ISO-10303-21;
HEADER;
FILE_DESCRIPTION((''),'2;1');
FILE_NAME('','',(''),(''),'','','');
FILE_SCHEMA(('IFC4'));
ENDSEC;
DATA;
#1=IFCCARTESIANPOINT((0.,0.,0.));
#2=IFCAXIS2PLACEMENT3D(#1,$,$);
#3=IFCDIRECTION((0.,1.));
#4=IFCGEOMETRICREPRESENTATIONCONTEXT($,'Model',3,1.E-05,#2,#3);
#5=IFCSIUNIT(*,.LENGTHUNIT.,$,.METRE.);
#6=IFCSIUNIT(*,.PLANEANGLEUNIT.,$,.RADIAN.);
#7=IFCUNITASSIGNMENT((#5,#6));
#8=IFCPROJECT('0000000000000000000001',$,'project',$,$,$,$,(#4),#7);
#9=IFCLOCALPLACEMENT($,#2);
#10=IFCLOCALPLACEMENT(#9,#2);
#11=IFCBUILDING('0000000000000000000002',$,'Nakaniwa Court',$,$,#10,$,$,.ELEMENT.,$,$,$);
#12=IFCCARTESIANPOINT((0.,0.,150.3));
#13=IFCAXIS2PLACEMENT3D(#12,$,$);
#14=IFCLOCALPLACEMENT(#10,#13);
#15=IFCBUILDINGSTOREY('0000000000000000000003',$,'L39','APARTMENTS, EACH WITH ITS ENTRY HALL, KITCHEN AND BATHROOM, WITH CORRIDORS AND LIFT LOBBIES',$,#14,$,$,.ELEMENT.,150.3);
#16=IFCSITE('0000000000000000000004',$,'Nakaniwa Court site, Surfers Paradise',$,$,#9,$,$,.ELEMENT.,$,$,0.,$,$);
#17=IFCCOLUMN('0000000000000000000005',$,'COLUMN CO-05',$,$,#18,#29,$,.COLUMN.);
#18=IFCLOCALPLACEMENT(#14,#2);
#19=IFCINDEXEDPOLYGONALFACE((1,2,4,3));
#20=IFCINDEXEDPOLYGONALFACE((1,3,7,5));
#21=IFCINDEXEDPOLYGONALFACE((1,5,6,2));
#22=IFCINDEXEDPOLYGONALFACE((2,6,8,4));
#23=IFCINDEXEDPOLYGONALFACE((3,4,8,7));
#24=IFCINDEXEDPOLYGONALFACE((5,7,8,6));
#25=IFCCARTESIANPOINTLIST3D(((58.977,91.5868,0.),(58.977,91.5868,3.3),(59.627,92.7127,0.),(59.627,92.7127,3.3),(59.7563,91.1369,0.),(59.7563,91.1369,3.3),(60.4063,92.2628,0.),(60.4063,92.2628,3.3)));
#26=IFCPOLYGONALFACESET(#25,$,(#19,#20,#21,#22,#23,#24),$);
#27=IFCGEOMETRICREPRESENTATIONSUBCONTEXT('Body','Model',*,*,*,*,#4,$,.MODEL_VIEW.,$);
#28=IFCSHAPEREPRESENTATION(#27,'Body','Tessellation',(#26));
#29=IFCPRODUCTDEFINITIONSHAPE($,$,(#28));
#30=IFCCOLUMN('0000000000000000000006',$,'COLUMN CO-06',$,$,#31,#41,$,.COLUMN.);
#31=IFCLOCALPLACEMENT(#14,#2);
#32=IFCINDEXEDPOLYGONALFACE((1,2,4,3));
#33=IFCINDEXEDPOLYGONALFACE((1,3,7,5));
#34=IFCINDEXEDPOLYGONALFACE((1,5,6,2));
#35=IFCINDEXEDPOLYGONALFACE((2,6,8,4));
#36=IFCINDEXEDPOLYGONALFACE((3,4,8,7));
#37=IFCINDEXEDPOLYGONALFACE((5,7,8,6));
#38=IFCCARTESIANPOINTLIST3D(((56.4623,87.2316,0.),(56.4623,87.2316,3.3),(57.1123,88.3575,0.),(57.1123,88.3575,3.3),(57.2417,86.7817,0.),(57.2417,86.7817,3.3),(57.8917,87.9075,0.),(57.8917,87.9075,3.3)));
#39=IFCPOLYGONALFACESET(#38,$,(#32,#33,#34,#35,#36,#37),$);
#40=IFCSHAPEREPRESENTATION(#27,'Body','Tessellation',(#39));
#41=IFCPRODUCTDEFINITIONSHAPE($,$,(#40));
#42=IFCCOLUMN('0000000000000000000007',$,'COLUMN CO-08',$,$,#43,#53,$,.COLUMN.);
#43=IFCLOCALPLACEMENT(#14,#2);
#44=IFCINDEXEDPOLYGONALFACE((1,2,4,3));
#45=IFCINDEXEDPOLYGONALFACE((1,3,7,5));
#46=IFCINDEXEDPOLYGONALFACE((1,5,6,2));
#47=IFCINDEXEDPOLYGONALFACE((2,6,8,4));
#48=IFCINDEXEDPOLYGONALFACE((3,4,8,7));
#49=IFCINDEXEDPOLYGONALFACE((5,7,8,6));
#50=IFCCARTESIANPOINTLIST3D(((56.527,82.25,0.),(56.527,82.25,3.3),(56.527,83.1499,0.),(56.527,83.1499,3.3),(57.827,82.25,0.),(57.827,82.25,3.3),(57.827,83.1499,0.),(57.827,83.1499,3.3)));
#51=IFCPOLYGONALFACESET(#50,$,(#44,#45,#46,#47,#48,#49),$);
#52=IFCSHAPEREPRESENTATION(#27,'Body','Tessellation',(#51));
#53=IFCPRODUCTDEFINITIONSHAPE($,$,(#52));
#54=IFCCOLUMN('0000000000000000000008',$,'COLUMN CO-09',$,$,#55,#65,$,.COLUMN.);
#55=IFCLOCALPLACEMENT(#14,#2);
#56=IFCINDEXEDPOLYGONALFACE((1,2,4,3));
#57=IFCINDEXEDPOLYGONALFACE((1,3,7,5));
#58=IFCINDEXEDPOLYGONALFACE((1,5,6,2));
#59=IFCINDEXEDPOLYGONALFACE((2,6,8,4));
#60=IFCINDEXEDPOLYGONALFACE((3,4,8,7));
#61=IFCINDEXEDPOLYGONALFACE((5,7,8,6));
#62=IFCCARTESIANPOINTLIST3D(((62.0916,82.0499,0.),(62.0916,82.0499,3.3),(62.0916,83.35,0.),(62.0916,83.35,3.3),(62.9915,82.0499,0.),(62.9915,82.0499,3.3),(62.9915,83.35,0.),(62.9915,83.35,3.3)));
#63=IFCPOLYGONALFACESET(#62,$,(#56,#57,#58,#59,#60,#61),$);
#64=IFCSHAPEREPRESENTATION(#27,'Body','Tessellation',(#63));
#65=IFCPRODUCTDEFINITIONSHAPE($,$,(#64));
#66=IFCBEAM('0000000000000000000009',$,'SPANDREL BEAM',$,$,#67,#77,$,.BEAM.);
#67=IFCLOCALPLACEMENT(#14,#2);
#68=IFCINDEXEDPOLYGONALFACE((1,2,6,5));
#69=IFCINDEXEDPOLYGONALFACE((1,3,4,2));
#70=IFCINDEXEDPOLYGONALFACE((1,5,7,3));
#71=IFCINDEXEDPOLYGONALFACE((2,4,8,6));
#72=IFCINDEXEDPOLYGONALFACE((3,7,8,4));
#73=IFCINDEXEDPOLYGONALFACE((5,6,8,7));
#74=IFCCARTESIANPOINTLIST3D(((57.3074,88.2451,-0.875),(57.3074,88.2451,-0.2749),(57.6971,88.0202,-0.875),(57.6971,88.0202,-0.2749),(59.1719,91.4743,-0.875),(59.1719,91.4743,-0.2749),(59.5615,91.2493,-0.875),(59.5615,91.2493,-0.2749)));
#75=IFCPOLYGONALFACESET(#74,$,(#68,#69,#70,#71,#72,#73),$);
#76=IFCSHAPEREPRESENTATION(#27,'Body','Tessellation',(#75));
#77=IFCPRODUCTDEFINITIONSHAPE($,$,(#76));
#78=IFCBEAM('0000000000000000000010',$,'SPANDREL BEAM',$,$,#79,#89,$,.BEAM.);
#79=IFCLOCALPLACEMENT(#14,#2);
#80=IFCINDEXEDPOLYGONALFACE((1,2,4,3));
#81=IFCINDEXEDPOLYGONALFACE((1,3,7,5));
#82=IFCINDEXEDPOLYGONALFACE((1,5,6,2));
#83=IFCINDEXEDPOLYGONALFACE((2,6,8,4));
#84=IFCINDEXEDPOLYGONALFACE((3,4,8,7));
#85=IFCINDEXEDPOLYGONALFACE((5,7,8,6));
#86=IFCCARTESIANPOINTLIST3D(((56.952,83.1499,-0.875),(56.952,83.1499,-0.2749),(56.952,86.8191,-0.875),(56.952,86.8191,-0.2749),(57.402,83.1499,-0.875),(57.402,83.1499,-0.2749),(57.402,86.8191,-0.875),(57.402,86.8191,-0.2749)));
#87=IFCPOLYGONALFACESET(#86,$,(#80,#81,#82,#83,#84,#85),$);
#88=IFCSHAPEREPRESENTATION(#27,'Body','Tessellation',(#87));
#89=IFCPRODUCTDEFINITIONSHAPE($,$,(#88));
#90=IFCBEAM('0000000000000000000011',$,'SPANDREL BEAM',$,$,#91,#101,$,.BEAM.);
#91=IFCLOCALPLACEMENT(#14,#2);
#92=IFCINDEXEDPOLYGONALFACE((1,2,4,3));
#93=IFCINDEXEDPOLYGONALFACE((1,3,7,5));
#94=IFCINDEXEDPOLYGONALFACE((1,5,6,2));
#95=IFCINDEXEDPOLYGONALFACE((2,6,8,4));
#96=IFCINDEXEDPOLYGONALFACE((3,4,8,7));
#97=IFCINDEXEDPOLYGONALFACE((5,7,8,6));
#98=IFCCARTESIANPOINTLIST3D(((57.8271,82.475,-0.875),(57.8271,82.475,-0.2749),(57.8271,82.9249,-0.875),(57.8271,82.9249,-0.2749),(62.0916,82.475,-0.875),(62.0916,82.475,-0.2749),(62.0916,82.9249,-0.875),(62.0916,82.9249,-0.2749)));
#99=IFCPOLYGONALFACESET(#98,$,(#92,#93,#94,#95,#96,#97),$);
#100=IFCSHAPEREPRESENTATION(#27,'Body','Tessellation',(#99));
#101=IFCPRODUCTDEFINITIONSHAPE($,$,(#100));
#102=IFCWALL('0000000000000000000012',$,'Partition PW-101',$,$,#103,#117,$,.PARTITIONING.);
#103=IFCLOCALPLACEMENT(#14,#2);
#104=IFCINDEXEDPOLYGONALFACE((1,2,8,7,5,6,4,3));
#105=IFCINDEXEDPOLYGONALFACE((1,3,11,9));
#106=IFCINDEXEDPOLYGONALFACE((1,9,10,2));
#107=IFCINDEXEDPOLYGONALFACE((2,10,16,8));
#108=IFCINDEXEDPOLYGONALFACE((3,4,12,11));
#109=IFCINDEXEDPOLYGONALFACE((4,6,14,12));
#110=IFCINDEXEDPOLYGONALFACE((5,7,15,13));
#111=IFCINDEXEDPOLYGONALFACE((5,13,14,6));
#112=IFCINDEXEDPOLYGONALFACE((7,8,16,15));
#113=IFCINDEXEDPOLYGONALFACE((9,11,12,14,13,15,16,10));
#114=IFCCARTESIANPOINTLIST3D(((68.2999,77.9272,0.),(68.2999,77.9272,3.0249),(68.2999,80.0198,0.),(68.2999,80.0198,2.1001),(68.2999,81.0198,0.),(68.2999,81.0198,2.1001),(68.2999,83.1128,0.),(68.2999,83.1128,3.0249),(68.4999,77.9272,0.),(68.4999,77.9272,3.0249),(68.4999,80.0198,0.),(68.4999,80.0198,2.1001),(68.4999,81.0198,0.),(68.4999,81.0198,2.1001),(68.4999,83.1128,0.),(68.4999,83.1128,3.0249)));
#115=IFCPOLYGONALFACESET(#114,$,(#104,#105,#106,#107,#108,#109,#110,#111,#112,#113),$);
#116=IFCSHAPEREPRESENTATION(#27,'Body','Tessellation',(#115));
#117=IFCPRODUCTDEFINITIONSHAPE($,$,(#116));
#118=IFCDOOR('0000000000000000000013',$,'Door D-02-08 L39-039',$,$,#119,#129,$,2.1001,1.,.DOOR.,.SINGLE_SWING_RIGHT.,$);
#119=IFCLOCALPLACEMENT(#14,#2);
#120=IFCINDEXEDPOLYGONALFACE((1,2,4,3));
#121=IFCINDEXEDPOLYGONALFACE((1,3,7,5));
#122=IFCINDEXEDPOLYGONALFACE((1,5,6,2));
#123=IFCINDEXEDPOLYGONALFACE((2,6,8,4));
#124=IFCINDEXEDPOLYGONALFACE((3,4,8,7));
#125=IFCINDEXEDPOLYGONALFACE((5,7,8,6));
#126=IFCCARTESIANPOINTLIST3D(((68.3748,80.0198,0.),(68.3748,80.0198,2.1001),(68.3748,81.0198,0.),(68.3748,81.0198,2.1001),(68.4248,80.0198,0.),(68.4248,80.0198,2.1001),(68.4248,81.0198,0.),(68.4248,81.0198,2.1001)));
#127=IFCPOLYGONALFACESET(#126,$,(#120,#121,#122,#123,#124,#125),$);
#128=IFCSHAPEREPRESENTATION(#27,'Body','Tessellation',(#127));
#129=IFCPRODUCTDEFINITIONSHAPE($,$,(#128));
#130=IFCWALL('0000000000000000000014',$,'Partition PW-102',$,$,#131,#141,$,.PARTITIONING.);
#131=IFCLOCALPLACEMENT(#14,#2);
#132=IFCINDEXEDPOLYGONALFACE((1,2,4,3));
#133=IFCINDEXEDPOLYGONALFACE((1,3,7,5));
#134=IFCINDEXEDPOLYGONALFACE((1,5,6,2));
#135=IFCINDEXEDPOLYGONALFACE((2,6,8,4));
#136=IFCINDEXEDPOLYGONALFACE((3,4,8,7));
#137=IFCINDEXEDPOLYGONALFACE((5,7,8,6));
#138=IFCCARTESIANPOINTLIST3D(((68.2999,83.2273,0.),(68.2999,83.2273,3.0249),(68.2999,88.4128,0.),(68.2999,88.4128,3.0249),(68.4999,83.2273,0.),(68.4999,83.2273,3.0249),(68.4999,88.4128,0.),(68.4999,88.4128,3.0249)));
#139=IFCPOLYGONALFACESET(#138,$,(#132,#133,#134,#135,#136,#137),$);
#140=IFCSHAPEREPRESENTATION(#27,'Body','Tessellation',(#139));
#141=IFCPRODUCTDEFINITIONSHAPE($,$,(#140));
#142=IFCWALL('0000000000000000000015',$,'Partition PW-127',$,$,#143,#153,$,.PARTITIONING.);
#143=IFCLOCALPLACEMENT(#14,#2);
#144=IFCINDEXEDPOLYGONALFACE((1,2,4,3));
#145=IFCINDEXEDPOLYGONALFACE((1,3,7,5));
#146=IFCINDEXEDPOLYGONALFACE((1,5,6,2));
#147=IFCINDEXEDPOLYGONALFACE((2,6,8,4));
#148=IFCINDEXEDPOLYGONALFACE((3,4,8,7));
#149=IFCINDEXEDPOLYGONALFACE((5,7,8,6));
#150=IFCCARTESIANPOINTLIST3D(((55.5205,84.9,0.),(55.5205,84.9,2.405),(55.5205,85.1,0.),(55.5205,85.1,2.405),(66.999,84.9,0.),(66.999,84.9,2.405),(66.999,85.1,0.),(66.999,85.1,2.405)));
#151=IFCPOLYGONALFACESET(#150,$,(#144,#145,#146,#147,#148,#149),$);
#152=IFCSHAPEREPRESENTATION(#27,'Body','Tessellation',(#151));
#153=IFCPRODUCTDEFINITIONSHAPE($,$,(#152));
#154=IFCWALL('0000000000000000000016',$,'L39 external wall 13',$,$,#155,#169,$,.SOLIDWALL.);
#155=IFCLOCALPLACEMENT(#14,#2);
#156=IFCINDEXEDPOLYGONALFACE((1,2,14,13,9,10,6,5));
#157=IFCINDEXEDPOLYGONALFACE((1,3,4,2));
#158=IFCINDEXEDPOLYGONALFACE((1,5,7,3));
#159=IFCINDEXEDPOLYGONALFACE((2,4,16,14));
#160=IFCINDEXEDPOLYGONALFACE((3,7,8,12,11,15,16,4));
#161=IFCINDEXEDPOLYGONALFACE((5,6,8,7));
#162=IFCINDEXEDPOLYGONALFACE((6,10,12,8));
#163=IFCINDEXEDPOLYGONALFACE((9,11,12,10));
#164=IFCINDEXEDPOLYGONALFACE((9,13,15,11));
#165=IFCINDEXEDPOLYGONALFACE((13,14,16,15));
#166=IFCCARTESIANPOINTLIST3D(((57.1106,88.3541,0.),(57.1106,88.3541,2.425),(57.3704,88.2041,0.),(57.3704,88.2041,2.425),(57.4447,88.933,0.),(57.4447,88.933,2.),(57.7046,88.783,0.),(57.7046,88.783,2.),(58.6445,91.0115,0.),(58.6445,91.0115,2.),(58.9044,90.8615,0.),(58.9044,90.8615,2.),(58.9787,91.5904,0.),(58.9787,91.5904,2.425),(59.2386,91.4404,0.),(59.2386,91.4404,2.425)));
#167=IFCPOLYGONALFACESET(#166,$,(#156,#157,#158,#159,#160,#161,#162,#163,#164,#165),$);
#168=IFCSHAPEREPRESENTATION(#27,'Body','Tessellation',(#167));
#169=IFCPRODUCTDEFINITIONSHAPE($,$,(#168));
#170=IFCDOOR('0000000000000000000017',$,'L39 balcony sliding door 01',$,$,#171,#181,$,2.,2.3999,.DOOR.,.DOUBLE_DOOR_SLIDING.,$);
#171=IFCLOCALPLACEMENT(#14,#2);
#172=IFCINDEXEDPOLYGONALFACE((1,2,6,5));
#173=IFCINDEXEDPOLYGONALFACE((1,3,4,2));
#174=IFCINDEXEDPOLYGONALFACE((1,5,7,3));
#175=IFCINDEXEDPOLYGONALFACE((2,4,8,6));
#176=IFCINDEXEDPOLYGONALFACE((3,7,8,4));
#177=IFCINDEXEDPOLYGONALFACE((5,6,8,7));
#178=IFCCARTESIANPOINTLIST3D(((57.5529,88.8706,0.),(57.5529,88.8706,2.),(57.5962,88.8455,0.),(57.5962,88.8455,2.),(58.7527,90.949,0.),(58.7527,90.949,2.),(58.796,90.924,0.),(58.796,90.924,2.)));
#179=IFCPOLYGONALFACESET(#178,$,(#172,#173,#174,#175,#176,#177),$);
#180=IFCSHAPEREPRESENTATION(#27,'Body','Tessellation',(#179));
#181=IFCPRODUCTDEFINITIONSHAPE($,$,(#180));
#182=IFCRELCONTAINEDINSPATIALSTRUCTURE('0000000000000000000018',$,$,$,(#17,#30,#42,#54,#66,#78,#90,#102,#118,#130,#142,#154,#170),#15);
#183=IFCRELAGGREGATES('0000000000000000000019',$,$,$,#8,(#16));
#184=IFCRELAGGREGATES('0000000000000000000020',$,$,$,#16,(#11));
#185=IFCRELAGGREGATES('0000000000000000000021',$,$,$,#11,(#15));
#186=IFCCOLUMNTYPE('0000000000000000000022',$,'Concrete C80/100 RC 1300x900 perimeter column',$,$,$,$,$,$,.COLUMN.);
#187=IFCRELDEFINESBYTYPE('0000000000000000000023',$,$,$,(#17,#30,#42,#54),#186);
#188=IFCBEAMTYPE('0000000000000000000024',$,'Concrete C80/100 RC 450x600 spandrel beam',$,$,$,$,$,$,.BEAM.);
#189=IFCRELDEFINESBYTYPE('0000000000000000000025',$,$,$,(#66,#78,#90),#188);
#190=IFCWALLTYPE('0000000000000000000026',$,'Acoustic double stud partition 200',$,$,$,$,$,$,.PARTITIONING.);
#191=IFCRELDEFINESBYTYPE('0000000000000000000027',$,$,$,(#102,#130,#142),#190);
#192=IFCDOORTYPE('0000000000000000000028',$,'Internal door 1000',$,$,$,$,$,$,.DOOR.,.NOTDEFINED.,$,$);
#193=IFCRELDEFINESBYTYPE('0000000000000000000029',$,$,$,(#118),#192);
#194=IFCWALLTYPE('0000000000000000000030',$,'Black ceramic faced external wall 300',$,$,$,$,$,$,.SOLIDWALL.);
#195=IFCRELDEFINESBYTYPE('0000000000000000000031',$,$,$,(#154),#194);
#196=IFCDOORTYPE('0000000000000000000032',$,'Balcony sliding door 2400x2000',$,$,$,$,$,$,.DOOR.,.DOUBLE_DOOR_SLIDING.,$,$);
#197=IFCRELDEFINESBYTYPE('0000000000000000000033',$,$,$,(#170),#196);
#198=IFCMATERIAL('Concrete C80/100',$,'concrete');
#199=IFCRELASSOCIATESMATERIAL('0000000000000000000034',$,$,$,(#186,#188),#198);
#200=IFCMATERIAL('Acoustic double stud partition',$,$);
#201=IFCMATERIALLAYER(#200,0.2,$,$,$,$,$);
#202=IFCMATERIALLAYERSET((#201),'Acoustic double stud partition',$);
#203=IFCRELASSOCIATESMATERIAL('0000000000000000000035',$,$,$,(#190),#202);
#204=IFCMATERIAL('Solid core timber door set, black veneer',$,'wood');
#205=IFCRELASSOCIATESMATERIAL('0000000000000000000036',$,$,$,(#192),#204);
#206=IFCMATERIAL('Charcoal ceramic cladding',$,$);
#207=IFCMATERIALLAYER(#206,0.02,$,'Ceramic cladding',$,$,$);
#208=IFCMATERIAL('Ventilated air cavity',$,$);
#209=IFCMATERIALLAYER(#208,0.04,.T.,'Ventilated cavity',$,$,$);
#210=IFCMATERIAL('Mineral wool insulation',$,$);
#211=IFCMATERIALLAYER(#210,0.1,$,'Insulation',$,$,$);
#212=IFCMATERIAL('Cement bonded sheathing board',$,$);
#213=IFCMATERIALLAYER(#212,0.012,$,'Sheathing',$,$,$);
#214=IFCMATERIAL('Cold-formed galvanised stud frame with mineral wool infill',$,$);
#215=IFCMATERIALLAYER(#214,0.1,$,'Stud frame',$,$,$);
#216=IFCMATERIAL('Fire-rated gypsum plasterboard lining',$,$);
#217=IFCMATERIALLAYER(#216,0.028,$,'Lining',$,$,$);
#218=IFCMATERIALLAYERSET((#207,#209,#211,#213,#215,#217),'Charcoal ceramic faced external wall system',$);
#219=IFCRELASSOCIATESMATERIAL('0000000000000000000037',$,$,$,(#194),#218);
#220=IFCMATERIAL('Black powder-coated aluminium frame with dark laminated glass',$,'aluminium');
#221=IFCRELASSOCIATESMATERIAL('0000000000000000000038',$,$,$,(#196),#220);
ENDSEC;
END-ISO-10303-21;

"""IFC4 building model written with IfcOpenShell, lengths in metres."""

from ifc_helpers import new_model, si_unit, direction, frame, frame_2d, origin, origin_2d, place, context, subcontext, project, spatial, rectangle, extrude, material, layer, layer_set, material_profile, profile_set, type_object, element, fill, save


model = new_model("IFC4")

# Units and contexts
model_context = context("Model", 3, precision=1e-05, world=origin(), true_north=direction((0.0, 1.0)))
body_context = subcontext(model_context, "Body", "Model", "MODEL_VIEW")
ifc_project = project(units=[si_unit("LENGTHUNIT", "METRE"), si_unit("PLANEANGLEUNIT", "RADIAN")], contexts=[model_context])

# Site, building, storey
site_placement = place(None, origin())
site = spatial("IfcSite", under=ifc_project, at=site_placement, Name="Nakaniwa Court site, Surfers Paradise", CompositionType="ELEMENT", RefElevation=0.0)
building_placement = place(site_placement, origin())
building = spatial("IfcBuilding", under=site, at=building_placement, Name="Nakaniwa Court", CompositionType="ELEMENT")
storey_placement = place(building_placement, frame((0.0, 0.0, 150.3)))
storey = spatial("IfcBuildingStorey", under=building, at=storey_placement, Name="L39", Description="APARTMENTS, EACH WITH ITS ENTRY HALL, KITCHEN AND BATHROOM, WITH CORRIDORS AND LIFT LOBBIES", CompositionType="ELEMENT", Elevation=150.3)

# Columns
ifc_material_1 = material(Name="Concrete C80/100", Category="concrete")
ifc_material_profile_1 = material_profile(ifc_material_1, rectangle(XDim=1.3, YDim=0.8999, at=origin_2d()), Name="Concrete C80/100 RC 1300x900 perimeter column")
ifc_profile_set_1 = profile_set([ifc_material_profile_1], Name="Concrete C80/100")
column_type = type_object("IfcColumnType", Name="Concrete C80/100 RC 1300x900 perimeter column", PredefinedType="COLUMN", material=ifc_profile_set_1)
for number, where, z_axis, x_axis, name in (
    (1, (59.6917, 91.9248, 0.0), (0.0, 0.0, 1.0), (-0.5, -0.866025, 0.0), "COLUMN CO-05"),
    (2, (57.177, 87.5696, 0.0), (0.0, 0.0, 1.0), (-0.5, -0.866025, 0.0), "COLUMN CO-06"),
    (3, (57.177, 82.7, 0.0), (0.0, 0.0, 1.0), (1.0, 0.0, 0.0), "COLUMN CO-08"),
    (4, (62.5415, 82.7, 0.0), (0.0, 0.0, 1.0), (0.0, -1.0, 0.0), "COLUMN CO-09"),
):
    element("IfcColumn", number, at=place(storey_placement, frame(where, z_axis=z_axis, x_axis=x_axis)), inside=storey, type_object=column_type, Name=name, PredefinedType="COLUMN", context=body_context, shape_type="SweptSolid", body=[
        extrude(rectangle(XDim=1.3, YDim=0.8999, at=origin_2d()), origin(), (0.0, 0.0, 1.0), 3.3),
    ])

# Beams
ifc_material_profile_2 = material_profile(ifc_material_1, rectangle(XDim=0.45, YDim=0.6001, at=origin_2d()), Name="Concrete C80/100 RC 450x600 spandrel beam")
ifc_profile_set_2 = profile_set([ifc_material_profile_2], Name="Concrete C80/100")
beam_type = type_object("IfcBeamType", Name="Concrete C80/100 RC 450x600 spandrel beam", PredefinedType="BEAM", material=ifc_profile_set_2)
beam_1_placement = place(storey_placement, frame((59.3667, 91.3618, -0.575), z_axis=(-0.500019, -0.866014, 0.0), x_axis=(0.866014, -0.500019, 0.0)))
element("IfcBeam", 5, at=beam_1_placement, inside=storey, type_object=beam_type, Name="SPANDREL BEAM", PredefinedType="BEAM", context=body_context, shape_type="SweptSolid", body=[
    extrude(rectangle(XDim=0.45, YDim=0.6001, at=origin_2d()), origin(), (0.0, 0.0, 1.0), 3.7288),
])
beam_2_placement = place(storey_placement, frame((57.177, 86.8191, -0.575), z_axis=(0.0, -1.0, 0.0), x_axis=(1.0, 0.0, 0.0)))
element("IfcBeam", 6, at=beam_2_placement, inside=storey, type_object=beam_type, Name="SPANDREL BEAM", PredefinedType="BEAM", context=body_context, shape_type="SweptSolid", body=[
    extrude(rectangle(XDim=0.45, YDim=0.6001, at=origin_2d()), origin(), (0.0, 0.0, 1.0), 3.6692),
])
beam_3_placement = place(storey_placement, frame((57.8271, 82.7, -0.575), z_axis=(1.0, 0.0, 0.0), x_axis=(0.0, 1.0, 0.0)))
element("IfcBeam", 7, at=beam_3_placement, inside=storey, type_object=beam_type, Name="SPANDREL BEAM", PredefinedType="BEAM", context=body_context, shape_type="SweptSolid", body=[
    extrude(rectangle(XDim=0.45, YDim=0.6001, at=origin_2d()), origin(), (0.0, 0.0, 1.0), 4.2644),
])

# Wall, opening, door
ifc_material_2 = material(Name="Acoustic double stud partition")
ifc_layer_1 = layer(ifc_material_2, 0.2)
ifc_layer_set_1 = layer_set([ifc_layer_1], Name="Acoustic double stud partition")
wall_type_1 = type_object("IfcWallType", Name="Acoustic double stud partition 200", PredefinedType="PARTITIONING", material=ifc_layer_set_1)
wall_1_placement = place(storey_placement, frame((68.3999, 83.1128, 0.0), z_axis=(0.0, 0.0, 1.0), x_axis=(0.0, -1.0, 0.0)))
wall_1 = element("IfcWall", 8, at=wall_1_placement, inside=storey, type_object=wall_type_1, Name="Partition PW-101", PredefinedType="PARTITIONING", context=body_context, shape_type="SweptSolid", body=[
    extrude(rectangle(XDim=5.1855, YDim=0.2, at=frame_2d((2.5928, 0.0))), origin(), (0.0, 0.0, 1.0), 3.0249),
])
opening_1_placement = place(wall_1_placement, frame((2.093, 0.0, 0.0)))
opening_1 = element("IfcOpeningElement", 9, at=opening_1_placement, cuts=wall_1, PredefinedType="OPENING", context=body_context, shape_type="SweptSolid", body=[
    extrude(rectangle(XDim=1.0, YDim=2.1001, at=frame_2d((0.5, 1.05))), frame((0.0, 0.1099, 0.0), z_axis=(0.0, -1.0, 0.0), x_axis=(1.0, 0.0, 0.0)), (0.0, 0.0, 1.0), 0.22),
])
ifc_material_3 = material(Name="Solid core timber door set, black veneer", Category="wood")
door_type_1 = type_object("IfcDoorType", Name="Internal door 1000", OperationType="NOTDEFINED", PredefinedType="DOOR", material=ifc_material_3)
door_1_placement = place(opening_1_placement, origin())
door_1 = element("IfcDoor", 10, at=door_1_placement, inside=storey, type_object=door_type_1, Name="Door D-02-08 L39-039", OperationType="SINGLE_SWING_RIGHT", OverallHeight=2.1001, OverallWidth=1.0, PredefinedType="DOOR", context=body_context, shape_type="SweptSolid", body=[
    extrude(rectangle(XDim=1.0, YDim=2.1001, at=frame_2d((0.5, 1.05))), frame((0.0, 0.0249, 0.0), z_axis=(0.0, -1.0, 0.0), x_axis=(1.0, 0.0, 0.0)), (0.0, 0.0, 1.0), 0.05),
])
fill(opening_1, door_1)

# Walls
wall_2_placement = place(storey_placement, frame((68.3999, 83.2273, 0.0), z_axis=(0.0, 0.0, 1.0), x_axis=(0.0, 1.0, 0.0)))
element("IfcWall", 11, at=wall_2_placement, inside=storey, type_object=wall_type_1, Name="Partition PW-102", PredefinedType="PARTITIONING", context=body_context, shape_type="SweptSolid", body=[
    extrude(rectangle(XDim=5.1855, YDim=0.2, at=frame_2d((2.5928, 0.0))), origin(), (0.0, 0.0, 1.0), 3.0249),
])
wall_3_placement = place(storey_placement, frame((55.5205, 85.0, 0.0), z_axis=(0.0, 0.0, 1.0), x_axis=(1.0, 0.0, 0.0)))
element("IfcWall", 12, at=wall_3_placement, inside=storey, type_object=wall_type_1, Name="Partition PW-127", PredefinedType="PARTITIONING", context=body_context, shape_type="SweptSolid", body=[
    extrude(rectangle(XDim=11.4785, YDim=0.2, at=frame_2d((5.7393, 0.0))), origin(), (0.0, 0.0, 1.0), 2.405),
])

# Wall, opening, door
ifc_material_4 = material(Name="Charcoal ceramic cladding")
ifc_layer_2 = layer(ifc_material_4, 0.02, Name="Ceramic cladding")
ifc_material_5 = material(Name="Ventilated air cavity")
ifc_layer_3 = layer(ifc_material_5, 0.04, ventilated=True, Name="Ventilated cavity")
ifc_material_6 = material(Name="Mineral wool insulation")
ifc_layer_4 = layer(ifc_material_6, 0.1, Name="Insulation")
ifc_material_7 = material(Name="Cement bonded sheathing board")
ifc_layer_5 = layer(ifc_material_7, 0.012, Name="Sheathing")
ifc_material_8 = material(Name="Cold-formed galvanised stud frame with mineral wool infill")
ifc_layer_6 = layer(ifc_material_8, 0.1, Name="Stud frame")
ifc_material_9 = material(Name="Fire-rated gypsum plasterboard lining")
ifc_layer_7 = layer(ifc_material_9, 0.028, Name="Lining")
ifc_layer_set_2 = layer_set([ifc_layer_2, ifc_layer_3, ifc_layer_4, ifc_layer_5, ifc_layer_6, ifc_layer_7], Name="Charcoal ceramic faced external wall system")
wall_type_2 = type_object("IfcWallType", Name="Black ceramic faced external wall 300", PredefinedType="SOLIDWALL", material=ifc_layer_set_2)
wall_4_placement = place(storey_placement, frame((59.1086, 91.5154, 0.0), z_axis=(0.0, 0.0, 1.0), x_axis=(-0.499934, -0.866064, 0.0)))
wall_4 = element("IfcWall", 13, at=wall_4_placement, inside=storey, type_object=wall_type_2, Name="L39 external wall 13", PredefinedType="SOLIDWALL", context=body_context, shape_type="SweptSolid", body=[
    extrude(rectangle(XDim=3.7368, YDim=0.3, at=frame_2d((1.8684, 0.0))), origin(), (0.0, 0.0, 1.0), 2.425),
])
opening_2_placement = place(wall_4_placement, frame((0.6685, 0.0, 0.0)))
opening_2 = element("IfcOpeningElement", 14, at=opening_2_placement, cuts=wall_4, PredefinedType="OPENING", context=body_context, shape_type="SweptSolid", body=[
    extrude(rectangle(XDim=2.3999, YDim=2.0, at=frame_2d((1.2, 1.0))), frame((0.0, 0.1599, 0.0), z_axis=(0.0, -1.0, 0.0), x_axis=(1.0, 0.0, 0.0)), (0.0, 0.0, 1.0), 0.3201),
])
ifc_material_10 = material(Name="Black powder-coated aluminium frame with dark laminated glass", Category="aluminium")
door_type_2 = type_object("IfcDoorType", Name="Balcony sliding door 2400x2000", OperationType="DOUBLE_DOOR_SLIDING", PredefinedType="DOOR", material=ifc_material_10)
door_2_placement = place(opening_2_placement, origin())
door_2 = element("IfcDoor", 15, at=door_2_placement, inside=storey, type_object=door_type_2, Name="L39 balcony sliding door 01", OperationType="DOUBLE_DOOR_SLIDING", OverallHeight=2.0, OverallWidth=2.3999, PredefinedType="DOOR", context=body_context, shape_type="SweptSolid", body=[
    extrude(rectangle(XDim=2.3999, YDim=2.0, at=frame_2d((1.2, 1.0))), frame((0.0, 0.0249, 0.0), z_axis=(0.0, -1.0, 0.0), x_axis=(1.0, 0.0, 0.0)), (0.0, 0.0, 1.0), 0.05),
])
fill(opening_2, door_2)

save(model, "model.ifc")
